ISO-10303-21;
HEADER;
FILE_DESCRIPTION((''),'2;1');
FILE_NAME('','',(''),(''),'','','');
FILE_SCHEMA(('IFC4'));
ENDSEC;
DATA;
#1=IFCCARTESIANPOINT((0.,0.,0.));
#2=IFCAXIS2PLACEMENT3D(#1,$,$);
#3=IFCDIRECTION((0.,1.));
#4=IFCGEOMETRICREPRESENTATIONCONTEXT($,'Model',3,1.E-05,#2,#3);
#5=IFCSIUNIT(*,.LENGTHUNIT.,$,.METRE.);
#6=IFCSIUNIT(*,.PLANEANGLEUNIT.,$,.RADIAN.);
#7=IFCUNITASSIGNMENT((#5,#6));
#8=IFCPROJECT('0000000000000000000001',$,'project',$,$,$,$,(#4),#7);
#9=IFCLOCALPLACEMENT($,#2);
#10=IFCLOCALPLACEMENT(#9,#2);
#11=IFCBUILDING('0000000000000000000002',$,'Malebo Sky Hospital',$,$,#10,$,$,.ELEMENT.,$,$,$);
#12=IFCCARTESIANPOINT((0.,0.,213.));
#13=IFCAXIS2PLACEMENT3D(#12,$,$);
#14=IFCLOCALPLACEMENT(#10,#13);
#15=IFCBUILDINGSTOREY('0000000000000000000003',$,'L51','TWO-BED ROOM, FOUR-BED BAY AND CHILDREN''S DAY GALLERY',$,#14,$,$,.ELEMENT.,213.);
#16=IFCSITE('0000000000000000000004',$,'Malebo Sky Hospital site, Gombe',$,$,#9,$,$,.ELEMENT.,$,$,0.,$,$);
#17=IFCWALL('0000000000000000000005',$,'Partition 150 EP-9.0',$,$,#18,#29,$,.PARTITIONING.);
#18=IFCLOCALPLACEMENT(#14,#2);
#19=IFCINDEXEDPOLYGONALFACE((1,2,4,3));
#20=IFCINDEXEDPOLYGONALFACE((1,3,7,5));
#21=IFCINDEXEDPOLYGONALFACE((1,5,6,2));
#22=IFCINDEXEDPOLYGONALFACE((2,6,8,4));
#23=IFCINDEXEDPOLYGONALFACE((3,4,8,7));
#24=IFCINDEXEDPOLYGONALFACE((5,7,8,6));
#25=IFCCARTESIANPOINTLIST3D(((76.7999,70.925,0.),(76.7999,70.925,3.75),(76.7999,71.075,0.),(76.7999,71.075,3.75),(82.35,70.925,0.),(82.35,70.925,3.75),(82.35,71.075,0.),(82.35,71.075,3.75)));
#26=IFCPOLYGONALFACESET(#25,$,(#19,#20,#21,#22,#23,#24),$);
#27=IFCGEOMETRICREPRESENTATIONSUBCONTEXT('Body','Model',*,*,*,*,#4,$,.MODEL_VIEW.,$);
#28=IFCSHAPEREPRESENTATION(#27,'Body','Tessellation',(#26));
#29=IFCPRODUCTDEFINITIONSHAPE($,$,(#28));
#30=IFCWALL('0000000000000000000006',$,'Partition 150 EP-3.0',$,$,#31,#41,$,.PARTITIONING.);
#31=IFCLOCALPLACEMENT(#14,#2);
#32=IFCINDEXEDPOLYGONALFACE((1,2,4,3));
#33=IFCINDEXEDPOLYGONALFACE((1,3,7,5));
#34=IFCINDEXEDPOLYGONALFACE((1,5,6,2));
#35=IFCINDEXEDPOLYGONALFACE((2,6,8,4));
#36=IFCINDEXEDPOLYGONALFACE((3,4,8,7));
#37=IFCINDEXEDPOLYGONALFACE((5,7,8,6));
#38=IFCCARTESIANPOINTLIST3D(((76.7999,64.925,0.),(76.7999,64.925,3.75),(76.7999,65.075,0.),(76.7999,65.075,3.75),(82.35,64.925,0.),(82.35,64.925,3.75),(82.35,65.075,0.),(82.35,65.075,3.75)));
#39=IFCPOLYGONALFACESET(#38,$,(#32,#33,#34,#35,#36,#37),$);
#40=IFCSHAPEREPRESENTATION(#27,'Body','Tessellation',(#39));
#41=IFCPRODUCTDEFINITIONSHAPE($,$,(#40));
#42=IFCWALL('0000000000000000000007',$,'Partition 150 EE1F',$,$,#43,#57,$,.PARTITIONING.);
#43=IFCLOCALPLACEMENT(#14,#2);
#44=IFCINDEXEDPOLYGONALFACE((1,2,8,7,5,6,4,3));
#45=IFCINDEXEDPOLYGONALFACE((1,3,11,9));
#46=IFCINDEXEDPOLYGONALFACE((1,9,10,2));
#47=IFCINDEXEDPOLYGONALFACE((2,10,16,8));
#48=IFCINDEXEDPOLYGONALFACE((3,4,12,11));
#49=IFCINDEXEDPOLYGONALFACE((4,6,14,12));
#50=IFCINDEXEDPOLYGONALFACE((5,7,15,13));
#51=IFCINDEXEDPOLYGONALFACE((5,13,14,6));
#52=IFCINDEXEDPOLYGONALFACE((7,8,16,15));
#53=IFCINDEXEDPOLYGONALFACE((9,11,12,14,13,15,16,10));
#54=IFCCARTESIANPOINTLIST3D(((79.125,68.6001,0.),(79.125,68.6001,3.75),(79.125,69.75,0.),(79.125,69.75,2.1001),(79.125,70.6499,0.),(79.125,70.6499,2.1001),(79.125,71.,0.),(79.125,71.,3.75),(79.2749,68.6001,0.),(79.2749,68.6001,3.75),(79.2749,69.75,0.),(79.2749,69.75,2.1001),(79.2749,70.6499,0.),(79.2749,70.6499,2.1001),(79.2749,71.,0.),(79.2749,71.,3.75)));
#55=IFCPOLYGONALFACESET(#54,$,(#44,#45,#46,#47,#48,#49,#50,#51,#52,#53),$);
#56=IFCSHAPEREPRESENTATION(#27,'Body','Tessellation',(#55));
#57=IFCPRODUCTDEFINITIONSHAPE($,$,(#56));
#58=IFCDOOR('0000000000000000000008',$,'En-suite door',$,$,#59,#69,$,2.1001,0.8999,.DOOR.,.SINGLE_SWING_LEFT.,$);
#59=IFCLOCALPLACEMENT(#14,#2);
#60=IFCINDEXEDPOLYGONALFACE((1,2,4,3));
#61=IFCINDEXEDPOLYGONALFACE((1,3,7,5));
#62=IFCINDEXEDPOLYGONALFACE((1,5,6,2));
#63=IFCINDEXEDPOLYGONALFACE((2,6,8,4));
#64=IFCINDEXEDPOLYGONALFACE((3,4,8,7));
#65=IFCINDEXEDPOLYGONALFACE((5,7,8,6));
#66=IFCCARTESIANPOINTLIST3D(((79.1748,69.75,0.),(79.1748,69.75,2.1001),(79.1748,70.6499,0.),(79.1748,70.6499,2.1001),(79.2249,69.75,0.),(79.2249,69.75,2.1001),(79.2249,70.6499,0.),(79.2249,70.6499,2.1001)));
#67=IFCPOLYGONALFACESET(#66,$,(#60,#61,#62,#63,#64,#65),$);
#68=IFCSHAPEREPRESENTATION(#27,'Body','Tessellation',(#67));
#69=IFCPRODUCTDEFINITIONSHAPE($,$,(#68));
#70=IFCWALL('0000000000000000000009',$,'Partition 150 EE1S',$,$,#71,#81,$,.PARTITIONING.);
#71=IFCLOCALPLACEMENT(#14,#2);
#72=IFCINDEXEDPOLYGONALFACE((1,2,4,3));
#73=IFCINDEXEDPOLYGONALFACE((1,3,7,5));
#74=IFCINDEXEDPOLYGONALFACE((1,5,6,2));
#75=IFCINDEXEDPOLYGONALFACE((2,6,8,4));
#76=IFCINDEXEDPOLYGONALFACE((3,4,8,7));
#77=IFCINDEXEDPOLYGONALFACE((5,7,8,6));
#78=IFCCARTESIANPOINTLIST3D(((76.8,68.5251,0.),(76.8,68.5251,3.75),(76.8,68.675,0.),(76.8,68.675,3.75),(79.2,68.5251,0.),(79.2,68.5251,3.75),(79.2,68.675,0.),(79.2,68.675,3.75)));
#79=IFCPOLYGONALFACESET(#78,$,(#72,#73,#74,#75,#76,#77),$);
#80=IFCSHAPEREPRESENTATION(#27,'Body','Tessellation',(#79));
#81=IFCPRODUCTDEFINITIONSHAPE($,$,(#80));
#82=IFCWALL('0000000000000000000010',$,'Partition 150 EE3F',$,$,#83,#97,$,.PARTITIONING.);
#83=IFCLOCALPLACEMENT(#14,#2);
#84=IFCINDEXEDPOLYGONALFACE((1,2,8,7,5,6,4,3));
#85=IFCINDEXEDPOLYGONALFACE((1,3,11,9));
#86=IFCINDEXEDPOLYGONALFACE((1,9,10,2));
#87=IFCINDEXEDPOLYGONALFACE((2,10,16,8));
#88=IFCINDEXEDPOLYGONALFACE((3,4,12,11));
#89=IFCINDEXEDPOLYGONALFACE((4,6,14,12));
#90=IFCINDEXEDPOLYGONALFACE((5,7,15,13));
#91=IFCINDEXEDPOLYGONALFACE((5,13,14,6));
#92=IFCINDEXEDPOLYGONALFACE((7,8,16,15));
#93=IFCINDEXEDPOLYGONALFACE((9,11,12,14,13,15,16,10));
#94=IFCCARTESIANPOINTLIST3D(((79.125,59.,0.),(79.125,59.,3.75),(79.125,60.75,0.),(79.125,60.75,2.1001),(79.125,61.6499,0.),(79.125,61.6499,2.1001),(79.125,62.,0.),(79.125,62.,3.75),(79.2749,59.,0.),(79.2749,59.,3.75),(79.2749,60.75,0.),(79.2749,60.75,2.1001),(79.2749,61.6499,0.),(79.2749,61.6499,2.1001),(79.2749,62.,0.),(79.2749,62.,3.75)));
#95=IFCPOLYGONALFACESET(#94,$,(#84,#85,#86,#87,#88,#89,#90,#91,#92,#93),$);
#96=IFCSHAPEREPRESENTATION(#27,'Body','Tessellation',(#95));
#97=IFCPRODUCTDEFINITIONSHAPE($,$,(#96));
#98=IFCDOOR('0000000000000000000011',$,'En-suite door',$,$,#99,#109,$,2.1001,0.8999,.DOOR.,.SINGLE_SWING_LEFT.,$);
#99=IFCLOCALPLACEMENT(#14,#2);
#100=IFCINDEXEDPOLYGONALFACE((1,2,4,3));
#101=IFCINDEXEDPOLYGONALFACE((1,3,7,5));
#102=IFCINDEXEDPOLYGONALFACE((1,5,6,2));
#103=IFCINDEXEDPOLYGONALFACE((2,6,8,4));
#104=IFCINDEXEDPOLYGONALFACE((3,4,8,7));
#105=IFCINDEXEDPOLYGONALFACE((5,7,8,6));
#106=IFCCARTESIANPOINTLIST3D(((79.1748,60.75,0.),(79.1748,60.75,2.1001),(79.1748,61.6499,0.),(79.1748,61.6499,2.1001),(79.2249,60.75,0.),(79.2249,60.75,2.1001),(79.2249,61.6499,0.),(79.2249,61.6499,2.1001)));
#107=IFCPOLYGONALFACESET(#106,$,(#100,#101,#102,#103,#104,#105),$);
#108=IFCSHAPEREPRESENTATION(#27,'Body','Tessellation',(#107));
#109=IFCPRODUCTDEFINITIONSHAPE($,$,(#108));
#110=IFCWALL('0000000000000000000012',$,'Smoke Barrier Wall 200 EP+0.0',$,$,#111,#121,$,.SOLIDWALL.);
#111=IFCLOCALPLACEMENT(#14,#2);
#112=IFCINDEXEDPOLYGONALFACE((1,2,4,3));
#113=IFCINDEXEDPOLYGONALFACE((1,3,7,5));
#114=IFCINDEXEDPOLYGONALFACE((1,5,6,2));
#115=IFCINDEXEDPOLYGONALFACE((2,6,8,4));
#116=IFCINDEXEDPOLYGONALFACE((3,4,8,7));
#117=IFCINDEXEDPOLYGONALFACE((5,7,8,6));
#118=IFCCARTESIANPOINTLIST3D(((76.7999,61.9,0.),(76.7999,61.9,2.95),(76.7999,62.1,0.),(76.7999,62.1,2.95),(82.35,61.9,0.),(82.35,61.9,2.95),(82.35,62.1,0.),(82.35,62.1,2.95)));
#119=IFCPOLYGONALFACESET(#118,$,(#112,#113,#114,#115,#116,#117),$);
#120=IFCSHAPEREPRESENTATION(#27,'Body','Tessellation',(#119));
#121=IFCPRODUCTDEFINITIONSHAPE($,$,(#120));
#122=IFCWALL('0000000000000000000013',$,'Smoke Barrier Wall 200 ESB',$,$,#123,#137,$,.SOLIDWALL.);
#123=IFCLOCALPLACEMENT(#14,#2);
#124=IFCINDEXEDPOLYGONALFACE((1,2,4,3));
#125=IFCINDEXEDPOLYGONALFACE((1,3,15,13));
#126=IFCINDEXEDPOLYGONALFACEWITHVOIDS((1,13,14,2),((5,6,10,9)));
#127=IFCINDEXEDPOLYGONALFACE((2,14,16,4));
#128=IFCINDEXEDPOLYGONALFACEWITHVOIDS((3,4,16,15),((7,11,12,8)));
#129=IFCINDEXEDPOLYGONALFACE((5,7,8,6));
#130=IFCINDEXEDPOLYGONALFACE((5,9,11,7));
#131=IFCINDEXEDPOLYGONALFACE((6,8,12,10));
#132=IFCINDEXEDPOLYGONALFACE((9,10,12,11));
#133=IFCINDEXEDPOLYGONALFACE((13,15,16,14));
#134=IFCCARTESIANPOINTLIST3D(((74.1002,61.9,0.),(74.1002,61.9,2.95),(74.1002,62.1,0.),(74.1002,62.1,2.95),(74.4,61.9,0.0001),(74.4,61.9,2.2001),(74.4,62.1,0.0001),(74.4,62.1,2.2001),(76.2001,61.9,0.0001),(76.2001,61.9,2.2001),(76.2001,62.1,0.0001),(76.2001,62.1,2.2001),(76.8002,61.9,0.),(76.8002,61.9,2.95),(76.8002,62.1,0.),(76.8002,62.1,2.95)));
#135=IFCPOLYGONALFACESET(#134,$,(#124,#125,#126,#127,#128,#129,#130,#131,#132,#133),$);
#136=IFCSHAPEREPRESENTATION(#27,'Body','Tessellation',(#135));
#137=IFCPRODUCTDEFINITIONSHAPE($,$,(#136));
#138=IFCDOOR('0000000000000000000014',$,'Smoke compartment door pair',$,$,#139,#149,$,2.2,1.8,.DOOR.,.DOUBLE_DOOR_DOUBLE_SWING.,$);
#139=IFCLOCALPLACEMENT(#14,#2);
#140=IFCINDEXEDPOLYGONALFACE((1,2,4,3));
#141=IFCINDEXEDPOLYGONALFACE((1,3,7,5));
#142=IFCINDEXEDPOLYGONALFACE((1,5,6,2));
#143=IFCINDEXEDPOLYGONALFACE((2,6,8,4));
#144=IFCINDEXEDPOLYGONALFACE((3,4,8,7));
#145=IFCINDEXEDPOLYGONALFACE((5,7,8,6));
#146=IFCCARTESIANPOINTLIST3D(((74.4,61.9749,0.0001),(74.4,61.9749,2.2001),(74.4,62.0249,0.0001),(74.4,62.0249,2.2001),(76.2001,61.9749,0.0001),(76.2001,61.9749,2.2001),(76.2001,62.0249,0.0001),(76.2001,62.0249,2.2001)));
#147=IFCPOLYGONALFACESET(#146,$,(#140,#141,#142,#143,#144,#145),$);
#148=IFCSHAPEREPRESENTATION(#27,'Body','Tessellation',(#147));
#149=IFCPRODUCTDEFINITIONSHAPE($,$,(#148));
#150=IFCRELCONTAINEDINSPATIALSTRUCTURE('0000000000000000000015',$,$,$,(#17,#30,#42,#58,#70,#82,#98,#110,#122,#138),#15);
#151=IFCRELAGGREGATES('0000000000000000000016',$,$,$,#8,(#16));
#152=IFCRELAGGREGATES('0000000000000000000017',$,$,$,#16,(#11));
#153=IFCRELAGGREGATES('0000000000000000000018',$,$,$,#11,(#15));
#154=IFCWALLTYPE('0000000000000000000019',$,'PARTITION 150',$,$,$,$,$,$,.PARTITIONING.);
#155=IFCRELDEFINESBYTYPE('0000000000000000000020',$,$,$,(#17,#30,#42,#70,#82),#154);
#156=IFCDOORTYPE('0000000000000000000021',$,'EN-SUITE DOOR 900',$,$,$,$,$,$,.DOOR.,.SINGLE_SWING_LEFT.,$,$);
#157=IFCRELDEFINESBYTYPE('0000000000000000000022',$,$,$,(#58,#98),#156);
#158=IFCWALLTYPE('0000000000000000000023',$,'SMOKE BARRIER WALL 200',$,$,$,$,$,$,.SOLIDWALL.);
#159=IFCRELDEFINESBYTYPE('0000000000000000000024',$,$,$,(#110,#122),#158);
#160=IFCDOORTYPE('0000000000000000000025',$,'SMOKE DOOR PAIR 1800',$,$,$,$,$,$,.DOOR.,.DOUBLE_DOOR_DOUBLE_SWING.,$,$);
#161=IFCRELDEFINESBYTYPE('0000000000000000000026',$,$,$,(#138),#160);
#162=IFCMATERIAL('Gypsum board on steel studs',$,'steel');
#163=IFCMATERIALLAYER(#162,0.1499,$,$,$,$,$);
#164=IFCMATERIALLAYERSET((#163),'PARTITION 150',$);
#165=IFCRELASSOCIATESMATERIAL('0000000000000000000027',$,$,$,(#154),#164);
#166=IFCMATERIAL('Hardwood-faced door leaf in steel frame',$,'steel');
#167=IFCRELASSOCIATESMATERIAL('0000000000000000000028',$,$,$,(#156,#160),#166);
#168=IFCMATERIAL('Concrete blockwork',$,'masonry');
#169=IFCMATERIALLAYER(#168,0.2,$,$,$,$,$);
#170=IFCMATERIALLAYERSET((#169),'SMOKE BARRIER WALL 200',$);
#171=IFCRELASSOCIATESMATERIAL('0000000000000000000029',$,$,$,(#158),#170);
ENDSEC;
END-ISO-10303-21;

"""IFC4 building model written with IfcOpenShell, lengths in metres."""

from ifc_helpers import new_model, si_unit, direction, frame, frame_2d, origin, place, context, subcontext, project, spatial, rectangle, extrude, material, layer, layer_set, type_object, element, fill, save


model = new_model("IFC4")

# Units and contexts
model_context = context("Model", 3, precision=1e-05, world=origin(), true_north=direction((0.0, 1.0)))
body_context = subcontext(model_context, "Body", "Model", "MODEL_VIEW")
ifc_project = project(units=[si_unit("LENGTHUNIT", "METRE"), si_unit("PLANEANGLEUNIT", "RADIAN")], contexts=[model_context])

# Site, building, storey
site_placement = place(None, origin())
site = spatial("IfcSite", under=ifc_project, at=site_placement, Name="Malebo Sky Hospital site, Gombe", CompositionType="ELEMENT", RefElevation=0.0)
building_placement = place(site_placement, origin())
building = spatial("IfcBuilding", under=site, at=building_placement, Name="Malebo Sky Hospital", CompositionType="ELEMENT")
storey_placement = place(building_placement, frame((0.0, 0.0, 213.0)))
storey = spatial("IfcBuildingStorey", under=building, at=storey_placement, Name="L51", Description="TWO-BED ROOM, FOUR-BED BAY AND CHILDREN'S DAY GALLERY", CompositionType="ELEMENT", Elevation=213.0)

# Shared definitions
ifc_material_1 = material(Name="Gypsum board on steel studs", Category="steel")
ifc_material_2 = material(Name="Hardwood-faced door leaf in steel frame", Category="steel")

# Walls
ifc_layer_1 = layer(ifc_material_1, 0.1499)
ifc_layer_set_1 = layer_set([ifc_layer_1], Name="PARTITION 150")
wall_type_1 = type_object("IfcWallType", Name="PARTITION 150", PredefinedType="PARTITIONING", material=ifc_layer_set_1)
for number, where, z_axis, x_axis, name in (
    (1, (76.8, 71.0, 0.0), (0.0, 0.0, 1.0), (1.0, 0.0, 0.0), "Partition 150 EP-9.0"),
    (2, (76.8, 65.0, 0.0), (0.0, 0.0, 1.0), (1.0, 0.0, 0.0), "Partition 150 EP-3.0"),
):
    element("IfcWall", number, at=place(storey_placement, frame(where, z_axis=z_axis, x_axis=x_axis)), inside=storey, type_object=wall_type_1, Name=name, PredefinedType="PARTITIONING", context=body_context, shape_type="SweptSolid", body=[
        extrude(rectangle(XDim=5.55, YDim=0.1499, at=frame_2d((2.7749, 0.0))), origin(), (0.0, 0.0, 1.0), 3.75),
    ])

# Wall, opening, door
wall_1_placement = place(storey_placement, frame((79.2, 71.0, 0.0), z_axis=(0.0, 0.0, 1.0), x_axis=(0.0, -1.0, 0.0)))
wall_1 = element("IfcWall", 3, at=wall_1_placement, inside=storey, type_object=wall_type_1, Name="Partition 150 EE1F", PredefinedType="PARTITIONING", context=body_context, shape_type="SweptSolid", body=[
    extrude(rectangle(XDim=2.3999, YDim=0.1499, at=frame_2d((1.2, 0.0))), origin(), (0.0, 0.0, 1.0), 3.75),
])
opening_1_placement = place(wall_1_placement, frame((0.3501, 0.0, 0.0)))
opening_1 = element("IfcOpeningElement", 4, at=opening_1_placement, cuts=wall_1, PredefinedType="OPENING", context=body_context, shape_type="SweptSolid", body=[
    extrude(rectangle(XDim=0.8999, YDim=2.1001, at=frame_2d((0.45, 1.05))), frame((0.0, 0.085, 0.0), z_axis=(0.0, -1.0, 0.0), x_axis=(1.0, 0.0, 0.0)), (0.0, 0.0, 1.0), 0.1699),
])
door_type_1 = type_object("IfcDoorType", Name="EN-SUITE DOOR 900", OperationType="SINGLE_SWING_LEFT", PredefinedType="DOOR", material=ifc_material_2)
door_1_placement = place(opening_1_placement, origin())
door_1 = element("IfcDoor", 5, at=door_1_placement, inside=storey, type_object=door_type_1, Name="En-suite door", OperationType="SINGLE_SWING_LEFT", OverallHeight=2.1001, OverallWidth=0.8999, PredefinedType="DOOR", context=body_context, shape_type="SweptSolid", body=[
    extrude(rectangle(XDim=0.8999, YDim=2.1001, at=frame_2d((0.45, 1.05))), frame((0.0, 0.0249, 0.0), z_axis=(0.0, -1.0, 0.0), x_axis=(1.0, 0.0, 0.0)), (0.0, 0.0, 1.0), 0.05),
])
fill(opening_1, door_1)

# Wall
wall_2_placement = place(storey_placement, frame((76.8, 68.6001, 0.0), z_axis=(0.0, 0.0, 1.0), x_axis=(1.0, 0.0, 0.0)))
element("IfcWall", 6, at=wall_2_placement, inside=storey, type_object=wall_type_1, Name="Partition 150 EE1S", PredefinedType="PARTITIONING", context=body_context, shape_type="SweptSolid", body=[
    extrude(rectangle(XDim=2.3999, YDim=0.1499, at=frame_2d((1.2, 0.0))), origin(), (0.0, 0.0, 1.0), 3.75),
])

# Wall, opening, door
wall_3_placement = place(storey_placement, frame((79.2, 62.0, 0.0), z_axis=(0.0, 0.0, 1.0), x_axis=(0.0, -1.0, 0.0)))
wall_3 = element("IfcWall", 7, at=wall_3_placement, inside=storey, type_object=wall_type_1, Name="Partition 150 EE3F", PredefinedType="PARTITIONING", context=body_context, shape_type="SweptSolid", body=[
    extrude(rectangle(XDim=3.0, YDim=0.1499, at=frame_2d((1.5, 0.0))), origin(), (0.0, 0.0, 1.0), 3.75),
])
opening_2_placement = place(wall_3_placement, frame((0.3501, 0.0, 0.0)))
opening_2 = element("IfcOpeningElement", 8, at=opening_2_placement, cuts=wall_3, PredefinedType="OPENING", context=body_context, shape_type="SweptSolid", body=[
    extrude(rectangle(XDim=0.8999, YDim=2.1001, at=frame_2d((0.45, 1.05))), frame((0.0, 0.085, 0.0), z_axis=(0.0, -1.0, 0.0), x_axis=(1.0, 0.0, 0.0)), (0.0, 0.0, 1.0), 0.1699),
])
door_2_placement = place(opening_2_placement, origin())
door_2 = element("IfcDoor", 9, at=door_2_placement, inside=storey, type_object=door_type_1, Name="En-suite door", OperationType="SINGLE_SWING_LEFT", OverallHeight=2.1001, OverallWidth=0.8999, PredefinedType="DOOR", context=body_context, shape_type="SweptSolid", body=[
    extrude(rectangle(XDim=0.8999, YDim=2.1001, at=frame_2d((0.45, 1.05))), frame((0.0, 0.0249, 0.0), z_axis=(0.0, -1.0, 0.0), x_axis=(1.0, 0.0, 0.0)), (0.0, 0.0, 1.0), 0.05),
])
fill(opening_2, door_2)

# Wall
ifc_material_3 = material(Name="Concrete blockwork", Category="masonry")
ifc_layer_2 = layer(ifc_material_3, 0.2)
ifc_layer_set_2 = layer_set([ifc_layer_2], Name="SMOKE BARRIER WALL 200")
wall_type_2 = type_object("IfcWallType", Name="SMOKE BARRIER WALL 200", PredefinedType="SOLIDWALL", material=ifc_layer_set_2)
wall_4_placement = place(storey_placement, frame((76.8, 62.0, 0.0), z_axis=(0.0, 0.0, 1.0), x_axis=(1.0, 0.0, 0.0)))
element("IfcWall", 10, at=wall_4_placement, inside=storey, type_object=wall_type_2, Name="Smoke Barrier Wall 200 EP+0.0", PredefinedType="SOLIDWALL", context=body_context, shape_type="SweptSolid", body=[
    extrude(rectangle(XDim=5.55, YDim=0.2, at=frame_2d((2.7749, 0.0))), origin(), (0.0, 0.0, 1.0), 2.95),
])

# Wall, opening, door
wall_5_placement = place(storey_placement, frame((74.1001, 62.0, 0.0), z_axis=(0.0, 0.0, 1.0), x_axis=(1.0, 0.0, 0.0)))
wall_5 = element("IfcWall", 11, at=wall_5_placement, inside=storey, type_object=wall_type_2, Name="Smoke Barrier Wall 200 ESB", PredefinedType="SOLIDWALL", context=body_context, shape_type="SweptSolid", body=[
    extrude(rectangle(XDim=2.7, YDim=0.2, at=frame_2d((1.3501, 0.0))), origin(), (0.0, 0.0, 1.0), 2.95),
])
opening_3_placement = place(wall_5_placement, frame((0.3, 0.0, 0.0)))
opening_3 = element("IfcOpeningElement", 12, at=opening_3_placement, cuts=wall_5, PredefinedType="OPENING", context=body_context, shape_type="SweptSolid", body=[
    extrude(rectangle(XDim=1.8, YDim=2.2, at=frame_2d((0.8999, 1.1001))), frame((0.0, 0.1099, 0.0), z_axis=(0.0, -1.0, 0.0), x_axis=(1.0, 0.0, 0.0)), (0.0, 0.0, 1.0), 0.22),
])
door_type_2 = type_object("IfcDoorType", Name="SMOKE DOOR PAIR 1800", OperationType="DOUBLE_DOOR_DOUBLE_SWING", PredefinedType="DOOR", material=ifc_material_2)
door_3_placement = place(opening_3_placement, origin())
door_3 = element("IfcDoor", 13, at=door_3_placement, inside=storey, type_object=door_type_2, Name="Smoke compartment door pair", OperationType="DOUBLE_DOOR_DOUBLE_SWING", OverallHeight=2.2, OverallWidth=1.8, PredefinedType="DOOR", context=body_context, shape_type="SweptSolid", body=[
    extrude(rectangle(XDim=1.8, YDim=2.2, at=frame_2d((0.8999, 1.1001))), frame((0.0, 0.0249, 0.0), z_axis=(0.0, -1.0, 0.0), x_axis=(1.0, 0.0, 0.0)), (0.0, 0.0, 1.0), 0.05),
])
fill(opening_3, door_3)

save(model, "model.ifc")
